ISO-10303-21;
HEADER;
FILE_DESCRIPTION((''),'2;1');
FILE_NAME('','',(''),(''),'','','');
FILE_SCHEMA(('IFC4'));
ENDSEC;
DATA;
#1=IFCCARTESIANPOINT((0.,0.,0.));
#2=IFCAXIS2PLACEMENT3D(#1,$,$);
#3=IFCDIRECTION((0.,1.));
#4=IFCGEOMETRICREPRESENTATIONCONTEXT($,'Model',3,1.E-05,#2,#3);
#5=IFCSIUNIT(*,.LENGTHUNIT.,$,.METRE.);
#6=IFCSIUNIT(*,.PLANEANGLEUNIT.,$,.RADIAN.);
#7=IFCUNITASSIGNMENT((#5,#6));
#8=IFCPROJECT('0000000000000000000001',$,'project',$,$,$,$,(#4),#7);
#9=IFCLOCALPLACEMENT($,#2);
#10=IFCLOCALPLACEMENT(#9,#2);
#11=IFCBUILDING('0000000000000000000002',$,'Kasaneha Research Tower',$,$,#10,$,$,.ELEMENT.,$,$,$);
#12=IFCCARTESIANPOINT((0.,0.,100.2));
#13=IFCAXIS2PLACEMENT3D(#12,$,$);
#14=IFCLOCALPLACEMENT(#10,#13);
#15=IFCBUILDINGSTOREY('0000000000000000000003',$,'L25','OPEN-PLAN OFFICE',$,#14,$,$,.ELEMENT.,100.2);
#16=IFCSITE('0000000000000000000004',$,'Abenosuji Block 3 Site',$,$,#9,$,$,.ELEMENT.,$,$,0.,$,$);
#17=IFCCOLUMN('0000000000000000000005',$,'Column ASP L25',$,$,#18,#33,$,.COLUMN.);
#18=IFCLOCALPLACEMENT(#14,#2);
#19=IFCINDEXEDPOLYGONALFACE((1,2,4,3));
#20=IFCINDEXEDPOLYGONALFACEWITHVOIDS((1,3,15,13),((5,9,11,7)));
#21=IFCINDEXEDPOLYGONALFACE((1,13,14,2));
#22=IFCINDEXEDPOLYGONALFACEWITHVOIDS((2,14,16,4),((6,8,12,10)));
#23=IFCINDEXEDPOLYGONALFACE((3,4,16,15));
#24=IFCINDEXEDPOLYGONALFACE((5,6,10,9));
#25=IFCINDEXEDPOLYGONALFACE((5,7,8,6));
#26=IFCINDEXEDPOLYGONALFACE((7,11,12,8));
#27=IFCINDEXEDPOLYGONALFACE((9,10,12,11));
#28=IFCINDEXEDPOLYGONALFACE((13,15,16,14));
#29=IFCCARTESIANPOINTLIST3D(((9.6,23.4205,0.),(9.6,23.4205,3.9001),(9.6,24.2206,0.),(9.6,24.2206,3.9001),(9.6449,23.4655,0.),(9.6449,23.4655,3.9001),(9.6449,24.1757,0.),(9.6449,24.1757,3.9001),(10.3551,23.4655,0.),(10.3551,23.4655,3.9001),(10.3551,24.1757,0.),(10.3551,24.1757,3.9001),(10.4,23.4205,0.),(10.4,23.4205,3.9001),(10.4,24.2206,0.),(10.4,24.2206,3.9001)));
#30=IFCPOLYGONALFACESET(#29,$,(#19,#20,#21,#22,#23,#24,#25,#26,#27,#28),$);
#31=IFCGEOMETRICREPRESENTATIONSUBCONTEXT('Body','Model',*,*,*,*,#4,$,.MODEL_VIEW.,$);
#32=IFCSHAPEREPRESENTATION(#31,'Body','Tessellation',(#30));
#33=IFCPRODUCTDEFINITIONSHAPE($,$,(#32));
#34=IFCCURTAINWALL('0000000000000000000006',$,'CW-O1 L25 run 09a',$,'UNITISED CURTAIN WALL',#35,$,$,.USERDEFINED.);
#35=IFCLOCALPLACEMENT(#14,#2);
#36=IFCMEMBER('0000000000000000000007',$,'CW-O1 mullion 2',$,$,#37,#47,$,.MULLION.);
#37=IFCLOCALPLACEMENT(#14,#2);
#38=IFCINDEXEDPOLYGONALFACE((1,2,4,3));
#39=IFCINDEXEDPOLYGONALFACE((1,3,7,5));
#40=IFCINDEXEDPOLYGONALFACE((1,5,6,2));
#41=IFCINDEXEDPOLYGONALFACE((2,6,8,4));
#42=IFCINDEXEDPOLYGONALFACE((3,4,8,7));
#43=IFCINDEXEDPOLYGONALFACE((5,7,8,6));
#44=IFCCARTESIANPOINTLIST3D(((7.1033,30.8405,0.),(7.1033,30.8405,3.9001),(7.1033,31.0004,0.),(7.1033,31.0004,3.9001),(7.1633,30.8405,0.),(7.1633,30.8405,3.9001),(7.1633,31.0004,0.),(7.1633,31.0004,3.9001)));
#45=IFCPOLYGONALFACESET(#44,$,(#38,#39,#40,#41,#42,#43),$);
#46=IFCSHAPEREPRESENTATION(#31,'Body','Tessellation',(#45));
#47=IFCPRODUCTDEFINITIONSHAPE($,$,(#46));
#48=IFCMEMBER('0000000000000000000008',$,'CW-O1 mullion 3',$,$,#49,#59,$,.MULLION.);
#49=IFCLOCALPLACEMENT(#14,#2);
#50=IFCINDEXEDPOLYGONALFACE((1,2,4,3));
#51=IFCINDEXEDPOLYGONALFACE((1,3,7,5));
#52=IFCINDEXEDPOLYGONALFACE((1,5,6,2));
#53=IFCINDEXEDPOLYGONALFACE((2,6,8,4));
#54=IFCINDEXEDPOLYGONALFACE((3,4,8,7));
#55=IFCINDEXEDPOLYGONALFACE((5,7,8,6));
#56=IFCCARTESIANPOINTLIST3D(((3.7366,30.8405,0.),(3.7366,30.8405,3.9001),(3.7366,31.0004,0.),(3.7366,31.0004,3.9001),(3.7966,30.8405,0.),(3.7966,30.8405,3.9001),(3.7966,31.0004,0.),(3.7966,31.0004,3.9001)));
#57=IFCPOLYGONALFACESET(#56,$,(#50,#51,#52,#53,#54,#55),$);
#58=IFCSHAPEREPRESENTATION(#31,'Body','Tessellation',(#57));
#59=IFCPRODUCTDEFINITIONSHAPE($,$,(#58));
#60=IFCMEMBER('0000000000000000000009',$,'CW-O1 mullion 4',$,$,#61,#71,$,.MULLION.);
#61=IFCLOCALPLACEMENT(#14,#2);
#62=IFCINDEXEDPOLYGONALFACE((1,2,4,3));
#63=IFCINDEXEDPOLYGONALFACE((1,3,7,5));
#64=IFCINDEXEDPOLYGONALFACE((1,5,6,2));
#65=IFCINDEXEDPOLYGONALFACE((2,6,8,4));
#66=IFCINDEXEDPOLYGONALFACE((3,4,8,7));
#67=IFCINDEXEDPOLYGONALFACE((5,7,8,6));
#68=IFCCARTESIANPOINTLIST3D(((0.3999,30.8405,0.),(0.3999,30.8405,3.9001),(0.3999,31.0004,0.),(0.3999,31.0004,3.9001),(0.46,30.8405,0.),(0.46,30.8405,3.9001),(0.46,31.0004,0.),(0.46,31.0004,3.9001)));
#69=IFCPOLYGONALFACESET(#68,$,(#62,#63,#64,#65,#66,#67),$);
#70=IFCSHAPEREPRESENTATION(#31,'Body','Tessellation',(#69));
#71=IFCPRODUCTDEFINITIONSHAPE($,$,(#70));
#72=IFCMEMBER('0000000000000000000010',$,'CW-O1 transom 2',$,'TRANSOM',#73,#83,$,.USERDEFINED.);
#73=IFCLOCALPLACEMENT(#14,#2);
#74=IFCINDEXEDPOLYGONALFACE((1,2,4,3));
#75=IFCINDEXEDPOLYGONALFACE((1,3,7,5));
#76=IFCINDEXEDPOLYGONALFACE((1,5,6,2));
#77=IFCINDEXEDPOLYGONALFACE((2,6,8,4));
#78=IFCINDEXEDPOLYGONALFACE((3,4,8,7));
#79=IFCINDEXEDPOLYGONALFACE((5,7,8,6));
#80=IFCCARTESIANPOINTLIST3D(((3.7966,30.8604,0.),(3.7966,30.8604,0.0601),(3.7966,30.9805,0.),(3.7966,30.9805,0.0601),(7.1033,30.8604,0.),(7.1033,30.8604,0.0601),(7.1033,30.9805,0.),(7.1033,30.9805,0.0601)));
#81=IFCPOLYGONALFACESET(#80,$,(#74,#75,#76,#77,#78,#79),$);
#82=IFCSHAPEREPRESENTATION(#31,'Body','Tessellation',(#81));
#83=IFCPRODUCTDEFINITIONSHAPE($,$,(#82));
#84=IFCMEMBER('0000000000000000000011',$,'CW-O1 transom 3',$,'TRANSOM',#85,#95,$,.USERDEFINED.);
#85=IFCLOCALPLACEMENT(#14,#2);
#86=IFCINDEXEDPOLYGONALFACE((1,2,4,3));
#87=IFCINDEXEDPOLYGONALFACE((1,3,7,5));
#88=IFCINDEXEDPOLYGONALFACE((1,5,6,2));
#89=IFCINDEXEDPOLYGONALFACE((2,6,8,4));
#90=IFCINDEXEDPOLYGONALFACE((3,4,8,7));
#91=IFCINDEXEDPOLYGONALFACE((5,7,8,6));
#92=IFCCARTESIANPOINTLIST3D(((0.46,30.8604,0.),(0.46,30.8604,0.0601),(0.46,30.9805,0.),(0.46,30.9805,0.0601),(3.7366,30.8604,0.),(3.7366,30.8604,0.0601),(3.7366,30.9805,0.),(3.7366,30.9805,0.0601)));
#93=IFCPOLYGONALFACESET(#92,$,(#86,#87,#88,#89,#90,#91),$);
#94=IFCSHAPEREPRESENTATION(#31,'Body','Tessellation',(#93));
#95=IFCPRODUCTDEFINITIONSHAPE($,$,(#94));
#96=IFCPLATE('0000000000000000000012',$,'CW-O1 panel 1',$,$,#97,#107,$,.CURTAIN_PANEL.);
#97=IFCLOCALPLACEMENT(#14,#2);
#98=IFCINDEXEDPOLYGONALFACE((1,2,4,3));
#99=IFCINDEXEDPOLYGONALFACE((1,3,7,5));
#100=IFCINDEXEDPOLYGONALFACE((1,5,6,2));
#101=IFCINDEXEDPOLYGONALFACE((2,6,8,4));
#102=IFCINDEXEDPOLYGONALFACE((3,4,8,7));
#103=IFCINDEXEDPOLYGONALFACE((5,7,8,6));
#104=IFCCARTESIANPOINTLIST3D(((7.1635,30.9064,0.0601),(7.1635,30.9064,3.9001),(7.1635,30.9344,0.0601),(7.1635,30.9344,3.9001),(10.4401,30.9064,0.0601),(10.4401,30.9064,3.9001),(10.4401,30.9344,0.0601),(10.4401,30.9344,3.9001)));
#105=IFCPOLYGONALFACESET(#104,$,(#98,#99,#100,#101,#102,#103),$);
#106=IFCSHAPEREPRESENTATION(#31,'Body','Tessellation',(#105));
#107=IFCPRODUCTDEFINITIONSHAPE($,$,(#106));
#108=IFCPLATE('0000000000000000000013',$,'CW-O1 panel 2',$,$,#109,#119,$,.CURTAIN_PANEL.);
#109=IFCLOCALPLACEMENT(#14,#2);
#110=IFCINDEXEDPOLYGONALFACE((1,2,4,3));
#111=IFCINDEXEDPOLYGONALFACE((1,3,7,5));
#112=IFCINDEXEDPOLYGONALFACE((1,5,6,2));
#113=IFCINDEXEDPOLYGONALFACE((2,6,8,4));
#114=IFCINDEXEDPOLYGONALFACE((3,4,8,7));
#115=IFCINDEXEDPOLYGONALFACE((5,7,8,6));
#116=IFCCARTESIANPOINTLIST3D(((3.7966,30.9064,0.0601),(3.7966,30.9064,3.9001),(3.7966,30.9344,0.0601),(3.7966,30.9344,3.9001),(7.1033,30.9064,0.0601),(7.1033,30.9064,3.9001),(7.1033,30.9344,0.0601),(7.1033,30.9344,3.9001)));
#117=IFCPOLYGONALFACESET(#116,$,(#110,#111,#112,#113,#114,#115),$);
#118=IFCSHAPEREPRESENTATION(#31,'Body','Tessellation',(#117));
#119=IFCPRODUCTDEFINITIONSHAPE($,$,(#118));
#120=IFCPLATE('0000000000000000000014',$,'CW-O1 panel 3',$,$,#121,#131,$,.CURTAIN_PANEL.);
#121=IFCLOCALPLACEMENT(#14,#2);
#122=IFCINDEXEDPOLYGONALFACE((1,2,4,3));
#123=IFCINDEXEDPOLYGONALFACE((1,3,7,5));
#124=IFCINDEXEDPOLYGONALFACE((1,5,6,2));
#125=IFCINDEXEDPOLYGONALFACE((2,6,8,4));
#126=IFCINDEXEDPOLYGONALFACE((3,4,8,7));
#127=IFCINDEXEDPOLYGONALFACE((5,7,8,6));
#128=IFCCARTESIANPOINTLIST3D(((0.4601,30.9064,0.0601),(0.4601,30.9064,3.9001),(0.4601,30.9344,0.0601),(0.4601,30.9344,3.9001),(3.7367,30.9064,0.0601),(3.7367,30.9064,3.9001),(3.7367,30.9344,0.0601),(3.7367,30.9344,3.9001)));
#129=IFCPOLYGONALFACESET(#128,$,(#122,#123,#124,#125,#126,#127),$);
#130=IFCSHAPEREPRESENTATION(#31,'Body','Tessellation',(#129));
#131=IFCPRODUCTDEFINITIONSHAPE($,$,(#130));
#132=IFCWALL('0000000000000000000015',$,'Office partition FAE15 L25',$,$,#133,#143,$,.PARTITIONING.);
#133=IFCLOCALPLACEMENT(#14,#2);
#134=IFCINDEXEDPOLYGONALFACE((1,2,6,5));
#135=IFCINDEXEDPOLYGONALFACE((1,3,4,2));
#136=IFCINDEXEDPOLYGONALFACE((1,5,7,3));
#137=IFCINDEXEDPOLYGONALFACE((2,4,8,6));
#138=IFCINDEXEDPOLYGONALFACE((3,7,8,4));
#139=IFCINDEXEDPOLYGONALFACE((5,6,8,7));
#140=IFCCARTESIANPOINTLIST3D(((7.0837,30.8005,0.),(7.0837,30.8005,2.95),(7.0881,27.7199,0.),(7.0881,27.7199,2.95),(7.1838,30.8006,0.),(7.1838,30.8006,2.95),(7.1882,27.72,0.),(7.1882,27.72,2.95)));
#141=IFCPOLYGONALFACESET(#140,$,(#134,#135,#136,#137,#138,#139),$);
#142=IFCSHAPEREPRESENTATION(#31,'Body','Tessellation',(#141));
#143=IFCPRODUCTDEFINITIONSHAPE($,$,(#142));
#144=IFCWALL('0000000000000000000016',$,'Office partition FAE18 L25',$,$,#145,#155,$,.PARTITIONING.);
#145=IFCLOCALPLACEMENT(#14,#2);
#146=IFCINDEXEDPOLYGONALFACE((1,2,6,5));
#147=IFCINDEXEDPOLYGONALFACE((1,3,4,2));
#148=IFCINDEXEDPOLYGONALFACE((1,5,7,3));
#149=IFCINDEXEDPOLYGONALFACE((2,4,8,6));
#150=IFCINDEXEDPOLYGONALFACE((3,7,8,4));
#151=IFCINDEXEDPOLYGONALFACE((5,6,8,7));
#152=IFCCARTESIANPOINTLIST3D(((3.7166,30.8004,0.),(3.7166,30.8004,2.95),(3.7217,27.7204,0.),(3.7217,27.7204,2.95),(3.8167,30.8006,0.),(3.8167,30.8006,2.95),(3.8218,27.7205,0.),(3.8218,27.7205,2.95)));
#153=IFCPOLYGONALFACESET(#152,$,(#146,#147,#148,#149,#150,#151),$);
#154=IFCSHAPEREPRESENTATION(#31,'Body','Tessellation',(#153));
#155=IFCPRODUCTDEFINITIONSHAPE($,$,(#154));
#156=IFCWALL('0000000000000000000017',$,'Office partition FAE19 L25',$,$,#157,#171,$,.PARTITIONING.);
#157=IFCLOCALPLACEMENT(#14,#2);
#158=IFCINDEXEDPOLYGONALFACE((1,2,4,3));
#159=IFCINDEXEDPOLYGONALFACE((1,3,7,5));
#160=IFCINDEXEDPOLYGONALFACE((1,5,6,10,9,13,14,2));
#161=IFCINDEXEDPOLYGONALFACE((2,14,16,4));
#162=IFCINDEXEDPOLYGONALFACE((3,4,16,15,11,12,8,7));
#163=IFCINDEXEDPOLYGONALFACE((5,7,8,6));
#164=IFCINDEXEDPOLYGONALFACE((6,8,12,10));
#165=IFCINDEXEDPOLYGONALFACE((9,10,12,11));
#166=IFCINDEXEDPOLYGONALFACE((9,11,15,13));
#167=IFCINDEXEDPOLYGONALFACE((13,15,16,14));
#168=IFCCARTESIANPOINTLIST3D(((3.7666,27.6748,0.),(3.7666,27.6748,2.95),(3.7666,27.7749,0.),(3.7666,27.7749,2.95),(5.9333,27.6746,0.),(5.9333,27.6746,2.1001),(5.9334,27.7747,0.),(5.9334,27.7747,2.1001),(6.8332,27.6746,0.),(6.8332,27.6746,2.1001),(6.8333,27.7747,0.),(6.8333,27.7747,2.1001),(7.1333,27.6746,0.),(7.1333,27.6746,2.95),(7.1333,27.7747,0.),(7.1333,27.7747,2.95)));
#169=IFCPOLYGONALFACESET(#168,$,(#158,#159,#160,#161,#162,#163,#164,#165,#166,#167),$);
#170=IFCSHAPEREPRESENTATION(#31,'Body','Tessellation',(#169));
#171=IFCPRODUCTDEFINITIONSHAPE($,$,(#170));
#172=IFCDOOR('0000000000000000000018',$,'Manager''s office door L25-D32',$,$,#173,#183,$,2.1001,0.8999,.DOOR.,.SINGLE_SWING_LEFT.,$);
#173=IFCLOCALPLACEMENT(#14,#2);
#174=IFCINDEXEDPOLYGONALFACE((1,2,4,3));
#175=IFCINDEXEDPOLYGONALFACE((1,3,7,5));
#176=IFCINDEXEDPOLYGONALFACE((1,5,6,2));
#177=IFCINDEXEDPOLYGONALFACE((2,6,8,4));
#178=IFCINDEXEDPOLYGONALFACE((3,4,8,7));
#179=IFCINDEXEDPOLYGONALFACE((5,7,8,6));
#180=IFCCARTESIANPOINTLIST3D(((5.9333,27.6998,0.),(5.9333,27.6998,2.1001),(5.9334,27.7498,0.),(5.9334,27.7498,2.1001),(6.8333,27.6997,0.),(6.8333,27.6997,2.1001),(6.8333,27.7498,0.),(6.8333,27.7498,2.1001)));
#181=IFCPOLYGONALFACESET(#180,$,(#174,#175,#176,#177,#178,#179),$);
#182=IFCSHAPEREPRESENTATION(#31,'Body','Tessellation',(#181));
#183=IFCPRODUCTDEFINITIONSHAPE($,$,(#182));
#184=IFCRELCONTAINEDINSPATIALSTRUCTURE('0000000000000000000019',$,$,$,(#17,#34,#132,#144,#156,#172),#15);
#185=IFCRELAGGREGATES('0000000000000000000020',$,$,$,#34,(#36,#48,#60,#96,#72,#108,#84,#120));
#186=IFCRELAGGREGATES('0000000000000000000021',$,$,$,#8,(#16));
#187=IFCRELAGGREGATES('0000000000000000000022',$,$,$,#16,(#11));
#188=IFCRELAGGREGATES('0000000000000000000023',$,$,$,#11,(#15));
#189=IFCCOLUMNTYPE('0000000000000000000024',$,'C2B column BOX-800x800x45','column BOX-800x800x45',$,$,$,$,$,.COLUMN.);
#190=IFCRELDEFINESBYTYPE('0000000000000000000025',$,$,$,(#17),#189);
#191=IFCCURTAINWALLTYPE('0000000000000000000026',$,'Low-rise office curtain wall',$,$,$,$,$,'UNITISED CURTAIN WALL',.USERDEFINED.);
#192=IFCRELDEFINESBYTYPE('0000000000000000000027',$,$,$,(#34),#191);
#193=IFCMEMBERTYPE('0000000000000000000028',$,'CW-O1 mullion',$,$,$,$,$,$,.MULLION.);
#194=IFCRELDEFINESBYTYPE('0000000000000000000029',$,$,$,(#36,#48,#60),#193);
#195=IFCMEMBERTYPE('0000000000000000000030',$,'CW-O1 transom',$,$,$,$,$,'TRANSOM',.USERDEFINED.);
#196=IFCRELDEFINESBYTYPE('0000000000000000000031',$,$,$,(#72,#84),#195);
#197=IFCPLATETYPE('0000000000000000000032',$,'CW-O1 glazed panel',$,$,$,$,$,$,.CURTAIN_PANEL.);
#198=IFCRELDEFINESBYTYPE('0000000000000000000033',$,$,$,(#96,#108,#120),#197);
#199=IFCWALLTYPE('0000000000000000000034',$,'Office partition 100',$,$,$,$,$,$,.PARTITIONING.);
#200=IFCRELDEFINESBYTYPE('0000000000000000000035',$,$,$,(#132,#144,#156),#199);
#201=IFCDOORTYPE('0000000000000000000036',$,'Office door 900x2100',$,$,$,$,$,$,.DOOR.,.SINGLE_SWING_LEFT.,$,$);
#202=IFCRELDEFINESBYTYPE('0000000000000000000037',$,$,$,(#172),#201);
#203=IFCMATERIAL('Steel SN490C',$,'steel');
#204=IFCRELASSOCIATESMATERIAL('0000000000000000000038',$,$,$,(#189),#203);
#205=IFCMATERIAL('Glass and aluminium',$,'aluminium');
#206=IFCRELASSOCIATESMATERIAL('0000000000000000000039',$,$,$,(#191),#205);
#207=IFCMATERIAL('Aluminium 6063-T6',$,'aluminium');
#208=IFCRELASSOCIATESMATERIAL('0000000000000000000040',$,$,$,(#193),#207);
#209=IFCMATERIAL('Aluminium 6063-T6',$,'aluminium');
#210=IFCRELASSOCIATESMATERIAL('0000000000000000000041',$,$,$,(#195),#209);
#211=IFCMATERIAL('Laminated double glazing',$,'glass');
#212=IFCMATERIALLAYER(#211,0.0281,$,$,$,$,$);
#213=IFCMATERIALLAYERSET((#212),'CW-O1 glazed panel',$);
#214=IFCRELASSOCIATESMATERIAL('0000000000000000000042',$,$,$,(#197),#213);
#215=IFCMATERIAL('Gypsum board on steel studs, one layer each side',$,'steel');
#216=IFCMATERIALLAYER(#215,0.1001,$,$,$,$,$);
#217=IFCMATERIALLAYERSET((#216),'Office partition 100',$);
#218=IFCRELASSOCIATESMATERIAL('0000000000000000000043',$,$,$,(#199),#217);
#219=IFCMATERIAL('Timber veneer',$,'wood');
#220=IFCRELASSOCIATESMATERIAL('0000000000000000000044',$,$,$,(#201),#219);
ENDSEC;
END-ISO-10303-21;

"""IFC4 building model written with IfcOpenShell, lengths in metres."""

from ifc_helpers import new_model, si_unit, direction, frame, frame_2d, origin, origin_2d, place, context, subcontext, project, spatial, rectangle, hollow_rectangle, extrude, material, layer, layer_set, material_profile, profile_set, type_object, element, fill, aggregate, save


model = new_model("IFC4")

# Units and contexts
model_context = context("Model", 3, precision=1e-05, world=origin(), true_north=direction((0.0, 1.0)))
body_context = subcontext(model_context, "Body", "Model", "MODEL_VIEW")
ifc_project = project(units=[si_unit("LENGTHUNIT", "METRE"), si_unit("PLANEANGLEUNIT", "RADIAN")], contexts=[model_context])

# Site, building, storey
site_placement = place(None, origin())
site = spatial("IfcSite", under=ifc_project, at=site_placement, Name="Abenosuji Block 3 Site", CompositionType="ELEMENT", RefElevation=0.0)
building_placement = place(site_placement, origin())
building = spatial("IfcBuilding", under=site, at=building_placement, Name="Kasaneha Research Tower", CompositionType="ELEMENT")
storey_placement = place(building_placement, frame((0.0, 0.0, 100.2)))
storey = spatial("IfcBuildingStorey", under=building, at=storey_placement, Name="L25", Description="OPEN-PLAN OFFICE", CompositionType="ELEMENT", Elevation=100.2)

# Column
ifc_material_1 = material(Name="Steel SN490C", Category="steel")
ifc_material_profile_1 = material_profile(ifc_material_1, hollow_rectangle(XDim=0.8, YDim=0.8, WallThickness=0.0449, at=origin_2d()), Name="BOX-800x800x45")
ifc_profile_set_1 = profile_set([ifc_material_profile_1], Name="Steel SN490C")
column_type = type_object("IfcColumnType", Name="C2B column BOX-800x800x45", Description="column BOX-800x800x45", PredefinedType="COLUMN", material=ifc_profile_set_1)
column_placement = place(storey_placement, frame((10.0, 23.8206, 0.0), z_axis=(0.0, 0.0, 1.0), x_axis=(1.0, 0.0, 0.0)))
element("IfcColumn", 1, at=column_placement, inside=storey, type_object=column_type, Name="Column ASP L25", PredefinedType="COLUMN", context=body_context, shape_type="SweptSolid", body=[
    extrude(hollow_rectangle(XDim=0.8, YDim=0.8, WallThickness=0.0449, at=origin_2d()), origin(), (0.0, 0.0, 1.0), 3.9001),
])

# Curtain wall, members, plates
ifc_material_2 = material(Name="Glass and aluminium", Category="aluminium")
curtain_wall_type = type_object("IfcCurtainWallType", Name="Low-rise office curtain wall", ElementType="UNITISED CURTAIN WALL", PredefinedType="USERDEFINED", material=ifc_material_2)
curtain_wall_placement = place(storey_placement, origin())
curtain_wall = element("IfcCurtainWall", 2, at=curtain_wall_placement, inside=storey, type_object=curtain_wall_type, Name="CW-O1 L25 run 09a", ObjectType="UNITISED CURTAIN WALL", PredefinedType="USERDEFINED")
ifc_material_3 = material(Name="Aluminium 6063-T6", Category="aluminium")
ifc_material_profile_2 = material_profile(ifc_material_3, rectangle(XDim=0.0601, YDim=0.1599, at=origin_2d()), Name="CW-O1 mullion 60x160")
ifc_profile_set_2 = profile_set([ifc_material_profile_2], Name="Aluminium 6063-T6")
member_type_1 = type_object("IfcMemberType", Name="CW-O1 mullion", PredefinedType="MULLION", material=ifc_profile_set_2)
member_1_placement = place(storey_placement, frame((7.1333, 30.9204, 0.0), z_axis=(0.0, 0.0, 1.0), x_axis=(-1.0, 0.0, 0.0)))
member_1 = element("IfcMember", 3, at=member_1_placement, type_object=member_type_1, Name="CW-O1 mullion 2", PredefinedType="MULLION", context=body_context, shape_type="SweptSolid", body=[
    extrude(rectangle(XDim=0.0601, YDim=0.1599, at=origin_2d()), origin(), (0.0, 0.0, 1.0), 3.9001),
])
member_2_placement = place(storey_placement, frame((3.7666, 30.9204, 0.0), z_axis=(0.0, 0.0, 1.0), x_axis=(-1.0, 0.0, 0.0)))
member_2 = element("IfcMember", 4, at=member_2_placement, type_object=member_type_1, Name="CW-O1 mullion 3", PredefinedType="MULLION", context=body_context, shape_type="SweptSolid", body=[
    extrude(rectangle(XDim=0.0601, YDim=0.1599, at=origin_2d()), origin(), (0.0, 0.0, 1.0), 3.9001),
])
member_3_placement = place(storey_placement, frame((0.4299, 30.9204, 0.0), z_axis=(0.0, 0.0, 1.0), x_axis=(-1.0, 0.0, 0.0)))
member_3 = element("IfcMember", 5, at=member_3_placement, type_object=member_type_1, Name="CW-O1 mullion 4", PredefinedType="MULLION", context=body_context, shape_type="SweptSolid", body=[
    extrude(rectangle(XDim=0.0601, YDim=0.1599, at=origin_2d()), origin(), (0.0, 0.0, 1.0), 3.9001),
])
ifc_material_4 = material(Name="Aluminium 6063-T6", Category="aluminium")
ifc_material_profile_3 = material_profile(ifc_material_4, rectangle(XDim=0.1201, YDim=0.0601, at=origin_2d()), Name="CW-O1 transom 120x60")
ifc_profile_set_3 = profile_set([ifc_material_profile_3], Name="Aluminium 6063-T6")
member_type_2 = type_object("IfcMemberType", Name="CW-O1 transom", ElementType="TRANSOM", PredefinedType="USERDEFINED", material=ifc_profile_set_3)
member_4_placement = place(storey_placement, frame((7.1033, 30.9204, 0.03), z_axis=(-1.0, 0.0, 0.0), x_axis=(0.0, -1.0, 0.0)))
member_4 = element("IfcMember", 6, at=member_4_placement, type_object=member_type_2, Name="CW-O1 transom 2", ObjectType="TRANSOM", PredefinedType="USERDEFINED", context=body_context, shape_type="SweptSolid", body=[
    extrude(rectangle(XDim=0.1201, YDim=0.0601, at=origin_2d()), origin(), (0.0, 0.0, 1.0), 3.3066),
])
member_5_placement = place(storey_placement, frame((3.7366, 30.9204, 0.03), z_axis=(-1.0, 0.0, 0.0), x_axis=(0.0, -1.0, 0.0)))
member_5 = element("IfcMember", 7, at=member_5_placement, type_object=member_type_2, Name="CW-O1 transom 3", ObjectType="TRANSOM", PredefinedType="USERDEFINED", context=body_context, shape_type="SweptSolid", body=[
    extrude(rectangle(XDim=0.1201, YDim=0.0601, at=origin_2d()), origin(), (0.0, 0.0, 1.0), 3.2766),
])
ifc_material_5 = material(Name="Laminated double glazing", Category="glass")
ifc_layer_1 = layer(ifc_material_5, 0.0281)
ifc_layer_set_1 = layer_set([ifc_layer_1], Name="CW-O1 glazed panel")
plate_type = type_object("IfcPlateType", Name="CW-O1 glazed panel", PredefinedType="CURTAIN_PANEL", material=ifc_layer_set_1)
plate_1_placement = place(storey_placement, frame((8.8018, 30.9204, 0.0601), z_axis=(0.0, 0.0, 1.0), x_axis=(-1.0, 0.0, 0.0)))
plate_1 = element("IfcPlate", 8, at=plate_1_placement, type_object=plate_type, Name="CW-O1 panel 1", PredefinedType="CURTAIN_PANEL", context=body_context, shape_type="SweptSolid", body=[
    extrude(rectangle(XDim=3.2766, YDim=0.0281, at=origin_2d()), origin(), (0.0, 0.0, 1.0), 3.8401),
])
plate_2_placement = place(storey_placement, frame((5.45, 30.9204, 0.0601), z_axis=(0.0, 0.0, 1.0), x_axis=(-1.0, 0.0, 0.0)))
plate_2 = element("IfcPlate", 9, at=plate_2_placement, type_object=plate_type, Name="CW-O1 panel 2", PredefinedType="CURTAIN_PANEL", context=body_context, shape_type="SweptSolid", body=[
    extrude(rectangle(XDim=3.3066, YDim=0.0281, at=origin_2d()), origin(), (0.0, 0.0, 1.0), 3.8401),
])
plate_3_placement = place(storey_placement, frame((2.0984, 30.9204, 0.0601), z_axis=(0.0, 0.0, 1.0), x_axis=(-1.0, 0.0, 0.0)))
plate_3 = element("IfcPlate", 10, at=plate_3_placement, type_object=plate_type, Name="CW-O1 panel 3", PredefinedType="CURTAIN_PANEL", context=body_context, shape_type="SweptSolid", body=[
    extrude(rectangle(XDim=3.2766, YDim=0.0281, at=origin_2d()), origin(), (0.0, 0.0, 1.0), 3.8401),
])
aggregate(curtain_wall, [member_1, member_2, member_3, plate_1, member_4, plate_2, member_5, plate_3])

# Walls
ifc_material_6 = material(Name="Gypsum board on steel studs, one layer each side", Category="steel")
ifc_layer_2 = layer(ifc_material_6, 0.1001)
ifc_layer_set_2 = layer_set([ifc_layer_2], Name="Office partition 100")
wall_type = type_object("IfcWallType", Name="Office partition 100", PredefinedType="PARTITIONING", material=ifc_layer_set_2)
wall_1_placement = place(storey_placement, frame((7.1382, 27.72, 0.0), z_axis=(0.0, 0.0, 1.0), x_axis=(-0.001427, 0.999999, 0.0)))
element("IfcWall", 11, at=wall_1_placement, inside=storey, type_object=wall_type, Name="Office partition FAE15 L25", PredefinedType="PARTITIONING", context=body_context, shape_type="SweptSolid", body=[
    extrude(rectangle(XDim=3.0806, YDim=0.1001, at=frame_2d((1.5403, 0.0))), origin(), (0.0, 0.0, 1.0), 2.95),
])
wall_2_placement = place(storey_placement, frame((3.7717, 27.7205, 0.0), z_axis=(0.0, 0.0, 1.0), x_axis=(-0.001665, 0.999999, 0.0)))
element("IfcWall", 12, at=wall_2_placement, inside=storey, type_object=wall_type, Name="Office partition FAE18 L25", PredefinedType="PARTITIONING", context=body_context, shape_type="SweptSolid", body=[
    extrude(rectangle(XDim=3.0801, YDim=0.1001, at=frame_2d((1.54, 0.0))), origin(), (0.0, 0.0, 1.0), 2.95),
])

# Wall, opening, door
wall_3_placement = place(storey_placement, frame((7.1333, 27.7246, 0.0), z_axis=(0.0, 0.0, 1.0), x_axis=(-1.0, 0.000073, 0.0)))
wall_3 = element("IfcWall", 13, at=wall_3_placement, inside=storey, type_object=wall_type, Name="Office partition FAE19 L25", PredefinedType="PARTITIONING", context=body_context, shape_type="SweptSolid", body=[
    extrude(rectangle(XDim=3.3667, YDim=0.1001, at=frame_2d((1.6833, 0.0))), origin(), (0.0, 0.0, 1.0), 2.95),
])
opening_1_placement = place(wall_3_placement, frame((0.3, 0.0, 0.0)))
opening_1 = element("IfcOpeningElement", 14, at=opening_1_placement, cuts=wall_3, PredefinedType="OPENING", context=body_context, shape_type="SweptSolid", body=[
    extrude(rectangle(XDim=0.8999, YDim=2.1001, at=frame_2d((0.45, 1.05))), frame((0.0, 0.0601, 0.0), z_axis=(0.0, -1.0, 0.0), x_axis=(1.0, 0.0, 0.0)), (0.0, 0.0, 1.0), 0.1201),
])
ifc_material_7 = material(Name="Timber veneer", Category="wood")
door_type = type_object("IfcDoorType", Name="Office door 900x2100", OperationType="SINGLE_SWING_LEFT", PredefinedType="DOOR", material=ifc_material_7)
door_1_placement = place(opening_1_placement, origin())
door_1 = element("IfcDoor", 15, at=door_1_placement, inside=storey, type_object=door_type, Name="Manager's office door L25-D32", OperationType="SINGLE_SWING_LEFT", OverallHeight=2.1001, OverallWidth=0.8999, PredefinedType="DOOR", context=body_context, shape_type="SweptSolid", body=[
    extrude(rectangle(XDim=0.8999, YDim=2.1001, at=frame_2d((0.45, 1.05))), frame((0.0, 0.0249, 0.0), z_axis=(0.0, -1.0, 0.0), x_axis=(1.0, 0.0, 0.0)), (0.0, 0.0, 1.0), 0.05),
])
fill(opening_1, door_1)

save(model, "model.ifc")
